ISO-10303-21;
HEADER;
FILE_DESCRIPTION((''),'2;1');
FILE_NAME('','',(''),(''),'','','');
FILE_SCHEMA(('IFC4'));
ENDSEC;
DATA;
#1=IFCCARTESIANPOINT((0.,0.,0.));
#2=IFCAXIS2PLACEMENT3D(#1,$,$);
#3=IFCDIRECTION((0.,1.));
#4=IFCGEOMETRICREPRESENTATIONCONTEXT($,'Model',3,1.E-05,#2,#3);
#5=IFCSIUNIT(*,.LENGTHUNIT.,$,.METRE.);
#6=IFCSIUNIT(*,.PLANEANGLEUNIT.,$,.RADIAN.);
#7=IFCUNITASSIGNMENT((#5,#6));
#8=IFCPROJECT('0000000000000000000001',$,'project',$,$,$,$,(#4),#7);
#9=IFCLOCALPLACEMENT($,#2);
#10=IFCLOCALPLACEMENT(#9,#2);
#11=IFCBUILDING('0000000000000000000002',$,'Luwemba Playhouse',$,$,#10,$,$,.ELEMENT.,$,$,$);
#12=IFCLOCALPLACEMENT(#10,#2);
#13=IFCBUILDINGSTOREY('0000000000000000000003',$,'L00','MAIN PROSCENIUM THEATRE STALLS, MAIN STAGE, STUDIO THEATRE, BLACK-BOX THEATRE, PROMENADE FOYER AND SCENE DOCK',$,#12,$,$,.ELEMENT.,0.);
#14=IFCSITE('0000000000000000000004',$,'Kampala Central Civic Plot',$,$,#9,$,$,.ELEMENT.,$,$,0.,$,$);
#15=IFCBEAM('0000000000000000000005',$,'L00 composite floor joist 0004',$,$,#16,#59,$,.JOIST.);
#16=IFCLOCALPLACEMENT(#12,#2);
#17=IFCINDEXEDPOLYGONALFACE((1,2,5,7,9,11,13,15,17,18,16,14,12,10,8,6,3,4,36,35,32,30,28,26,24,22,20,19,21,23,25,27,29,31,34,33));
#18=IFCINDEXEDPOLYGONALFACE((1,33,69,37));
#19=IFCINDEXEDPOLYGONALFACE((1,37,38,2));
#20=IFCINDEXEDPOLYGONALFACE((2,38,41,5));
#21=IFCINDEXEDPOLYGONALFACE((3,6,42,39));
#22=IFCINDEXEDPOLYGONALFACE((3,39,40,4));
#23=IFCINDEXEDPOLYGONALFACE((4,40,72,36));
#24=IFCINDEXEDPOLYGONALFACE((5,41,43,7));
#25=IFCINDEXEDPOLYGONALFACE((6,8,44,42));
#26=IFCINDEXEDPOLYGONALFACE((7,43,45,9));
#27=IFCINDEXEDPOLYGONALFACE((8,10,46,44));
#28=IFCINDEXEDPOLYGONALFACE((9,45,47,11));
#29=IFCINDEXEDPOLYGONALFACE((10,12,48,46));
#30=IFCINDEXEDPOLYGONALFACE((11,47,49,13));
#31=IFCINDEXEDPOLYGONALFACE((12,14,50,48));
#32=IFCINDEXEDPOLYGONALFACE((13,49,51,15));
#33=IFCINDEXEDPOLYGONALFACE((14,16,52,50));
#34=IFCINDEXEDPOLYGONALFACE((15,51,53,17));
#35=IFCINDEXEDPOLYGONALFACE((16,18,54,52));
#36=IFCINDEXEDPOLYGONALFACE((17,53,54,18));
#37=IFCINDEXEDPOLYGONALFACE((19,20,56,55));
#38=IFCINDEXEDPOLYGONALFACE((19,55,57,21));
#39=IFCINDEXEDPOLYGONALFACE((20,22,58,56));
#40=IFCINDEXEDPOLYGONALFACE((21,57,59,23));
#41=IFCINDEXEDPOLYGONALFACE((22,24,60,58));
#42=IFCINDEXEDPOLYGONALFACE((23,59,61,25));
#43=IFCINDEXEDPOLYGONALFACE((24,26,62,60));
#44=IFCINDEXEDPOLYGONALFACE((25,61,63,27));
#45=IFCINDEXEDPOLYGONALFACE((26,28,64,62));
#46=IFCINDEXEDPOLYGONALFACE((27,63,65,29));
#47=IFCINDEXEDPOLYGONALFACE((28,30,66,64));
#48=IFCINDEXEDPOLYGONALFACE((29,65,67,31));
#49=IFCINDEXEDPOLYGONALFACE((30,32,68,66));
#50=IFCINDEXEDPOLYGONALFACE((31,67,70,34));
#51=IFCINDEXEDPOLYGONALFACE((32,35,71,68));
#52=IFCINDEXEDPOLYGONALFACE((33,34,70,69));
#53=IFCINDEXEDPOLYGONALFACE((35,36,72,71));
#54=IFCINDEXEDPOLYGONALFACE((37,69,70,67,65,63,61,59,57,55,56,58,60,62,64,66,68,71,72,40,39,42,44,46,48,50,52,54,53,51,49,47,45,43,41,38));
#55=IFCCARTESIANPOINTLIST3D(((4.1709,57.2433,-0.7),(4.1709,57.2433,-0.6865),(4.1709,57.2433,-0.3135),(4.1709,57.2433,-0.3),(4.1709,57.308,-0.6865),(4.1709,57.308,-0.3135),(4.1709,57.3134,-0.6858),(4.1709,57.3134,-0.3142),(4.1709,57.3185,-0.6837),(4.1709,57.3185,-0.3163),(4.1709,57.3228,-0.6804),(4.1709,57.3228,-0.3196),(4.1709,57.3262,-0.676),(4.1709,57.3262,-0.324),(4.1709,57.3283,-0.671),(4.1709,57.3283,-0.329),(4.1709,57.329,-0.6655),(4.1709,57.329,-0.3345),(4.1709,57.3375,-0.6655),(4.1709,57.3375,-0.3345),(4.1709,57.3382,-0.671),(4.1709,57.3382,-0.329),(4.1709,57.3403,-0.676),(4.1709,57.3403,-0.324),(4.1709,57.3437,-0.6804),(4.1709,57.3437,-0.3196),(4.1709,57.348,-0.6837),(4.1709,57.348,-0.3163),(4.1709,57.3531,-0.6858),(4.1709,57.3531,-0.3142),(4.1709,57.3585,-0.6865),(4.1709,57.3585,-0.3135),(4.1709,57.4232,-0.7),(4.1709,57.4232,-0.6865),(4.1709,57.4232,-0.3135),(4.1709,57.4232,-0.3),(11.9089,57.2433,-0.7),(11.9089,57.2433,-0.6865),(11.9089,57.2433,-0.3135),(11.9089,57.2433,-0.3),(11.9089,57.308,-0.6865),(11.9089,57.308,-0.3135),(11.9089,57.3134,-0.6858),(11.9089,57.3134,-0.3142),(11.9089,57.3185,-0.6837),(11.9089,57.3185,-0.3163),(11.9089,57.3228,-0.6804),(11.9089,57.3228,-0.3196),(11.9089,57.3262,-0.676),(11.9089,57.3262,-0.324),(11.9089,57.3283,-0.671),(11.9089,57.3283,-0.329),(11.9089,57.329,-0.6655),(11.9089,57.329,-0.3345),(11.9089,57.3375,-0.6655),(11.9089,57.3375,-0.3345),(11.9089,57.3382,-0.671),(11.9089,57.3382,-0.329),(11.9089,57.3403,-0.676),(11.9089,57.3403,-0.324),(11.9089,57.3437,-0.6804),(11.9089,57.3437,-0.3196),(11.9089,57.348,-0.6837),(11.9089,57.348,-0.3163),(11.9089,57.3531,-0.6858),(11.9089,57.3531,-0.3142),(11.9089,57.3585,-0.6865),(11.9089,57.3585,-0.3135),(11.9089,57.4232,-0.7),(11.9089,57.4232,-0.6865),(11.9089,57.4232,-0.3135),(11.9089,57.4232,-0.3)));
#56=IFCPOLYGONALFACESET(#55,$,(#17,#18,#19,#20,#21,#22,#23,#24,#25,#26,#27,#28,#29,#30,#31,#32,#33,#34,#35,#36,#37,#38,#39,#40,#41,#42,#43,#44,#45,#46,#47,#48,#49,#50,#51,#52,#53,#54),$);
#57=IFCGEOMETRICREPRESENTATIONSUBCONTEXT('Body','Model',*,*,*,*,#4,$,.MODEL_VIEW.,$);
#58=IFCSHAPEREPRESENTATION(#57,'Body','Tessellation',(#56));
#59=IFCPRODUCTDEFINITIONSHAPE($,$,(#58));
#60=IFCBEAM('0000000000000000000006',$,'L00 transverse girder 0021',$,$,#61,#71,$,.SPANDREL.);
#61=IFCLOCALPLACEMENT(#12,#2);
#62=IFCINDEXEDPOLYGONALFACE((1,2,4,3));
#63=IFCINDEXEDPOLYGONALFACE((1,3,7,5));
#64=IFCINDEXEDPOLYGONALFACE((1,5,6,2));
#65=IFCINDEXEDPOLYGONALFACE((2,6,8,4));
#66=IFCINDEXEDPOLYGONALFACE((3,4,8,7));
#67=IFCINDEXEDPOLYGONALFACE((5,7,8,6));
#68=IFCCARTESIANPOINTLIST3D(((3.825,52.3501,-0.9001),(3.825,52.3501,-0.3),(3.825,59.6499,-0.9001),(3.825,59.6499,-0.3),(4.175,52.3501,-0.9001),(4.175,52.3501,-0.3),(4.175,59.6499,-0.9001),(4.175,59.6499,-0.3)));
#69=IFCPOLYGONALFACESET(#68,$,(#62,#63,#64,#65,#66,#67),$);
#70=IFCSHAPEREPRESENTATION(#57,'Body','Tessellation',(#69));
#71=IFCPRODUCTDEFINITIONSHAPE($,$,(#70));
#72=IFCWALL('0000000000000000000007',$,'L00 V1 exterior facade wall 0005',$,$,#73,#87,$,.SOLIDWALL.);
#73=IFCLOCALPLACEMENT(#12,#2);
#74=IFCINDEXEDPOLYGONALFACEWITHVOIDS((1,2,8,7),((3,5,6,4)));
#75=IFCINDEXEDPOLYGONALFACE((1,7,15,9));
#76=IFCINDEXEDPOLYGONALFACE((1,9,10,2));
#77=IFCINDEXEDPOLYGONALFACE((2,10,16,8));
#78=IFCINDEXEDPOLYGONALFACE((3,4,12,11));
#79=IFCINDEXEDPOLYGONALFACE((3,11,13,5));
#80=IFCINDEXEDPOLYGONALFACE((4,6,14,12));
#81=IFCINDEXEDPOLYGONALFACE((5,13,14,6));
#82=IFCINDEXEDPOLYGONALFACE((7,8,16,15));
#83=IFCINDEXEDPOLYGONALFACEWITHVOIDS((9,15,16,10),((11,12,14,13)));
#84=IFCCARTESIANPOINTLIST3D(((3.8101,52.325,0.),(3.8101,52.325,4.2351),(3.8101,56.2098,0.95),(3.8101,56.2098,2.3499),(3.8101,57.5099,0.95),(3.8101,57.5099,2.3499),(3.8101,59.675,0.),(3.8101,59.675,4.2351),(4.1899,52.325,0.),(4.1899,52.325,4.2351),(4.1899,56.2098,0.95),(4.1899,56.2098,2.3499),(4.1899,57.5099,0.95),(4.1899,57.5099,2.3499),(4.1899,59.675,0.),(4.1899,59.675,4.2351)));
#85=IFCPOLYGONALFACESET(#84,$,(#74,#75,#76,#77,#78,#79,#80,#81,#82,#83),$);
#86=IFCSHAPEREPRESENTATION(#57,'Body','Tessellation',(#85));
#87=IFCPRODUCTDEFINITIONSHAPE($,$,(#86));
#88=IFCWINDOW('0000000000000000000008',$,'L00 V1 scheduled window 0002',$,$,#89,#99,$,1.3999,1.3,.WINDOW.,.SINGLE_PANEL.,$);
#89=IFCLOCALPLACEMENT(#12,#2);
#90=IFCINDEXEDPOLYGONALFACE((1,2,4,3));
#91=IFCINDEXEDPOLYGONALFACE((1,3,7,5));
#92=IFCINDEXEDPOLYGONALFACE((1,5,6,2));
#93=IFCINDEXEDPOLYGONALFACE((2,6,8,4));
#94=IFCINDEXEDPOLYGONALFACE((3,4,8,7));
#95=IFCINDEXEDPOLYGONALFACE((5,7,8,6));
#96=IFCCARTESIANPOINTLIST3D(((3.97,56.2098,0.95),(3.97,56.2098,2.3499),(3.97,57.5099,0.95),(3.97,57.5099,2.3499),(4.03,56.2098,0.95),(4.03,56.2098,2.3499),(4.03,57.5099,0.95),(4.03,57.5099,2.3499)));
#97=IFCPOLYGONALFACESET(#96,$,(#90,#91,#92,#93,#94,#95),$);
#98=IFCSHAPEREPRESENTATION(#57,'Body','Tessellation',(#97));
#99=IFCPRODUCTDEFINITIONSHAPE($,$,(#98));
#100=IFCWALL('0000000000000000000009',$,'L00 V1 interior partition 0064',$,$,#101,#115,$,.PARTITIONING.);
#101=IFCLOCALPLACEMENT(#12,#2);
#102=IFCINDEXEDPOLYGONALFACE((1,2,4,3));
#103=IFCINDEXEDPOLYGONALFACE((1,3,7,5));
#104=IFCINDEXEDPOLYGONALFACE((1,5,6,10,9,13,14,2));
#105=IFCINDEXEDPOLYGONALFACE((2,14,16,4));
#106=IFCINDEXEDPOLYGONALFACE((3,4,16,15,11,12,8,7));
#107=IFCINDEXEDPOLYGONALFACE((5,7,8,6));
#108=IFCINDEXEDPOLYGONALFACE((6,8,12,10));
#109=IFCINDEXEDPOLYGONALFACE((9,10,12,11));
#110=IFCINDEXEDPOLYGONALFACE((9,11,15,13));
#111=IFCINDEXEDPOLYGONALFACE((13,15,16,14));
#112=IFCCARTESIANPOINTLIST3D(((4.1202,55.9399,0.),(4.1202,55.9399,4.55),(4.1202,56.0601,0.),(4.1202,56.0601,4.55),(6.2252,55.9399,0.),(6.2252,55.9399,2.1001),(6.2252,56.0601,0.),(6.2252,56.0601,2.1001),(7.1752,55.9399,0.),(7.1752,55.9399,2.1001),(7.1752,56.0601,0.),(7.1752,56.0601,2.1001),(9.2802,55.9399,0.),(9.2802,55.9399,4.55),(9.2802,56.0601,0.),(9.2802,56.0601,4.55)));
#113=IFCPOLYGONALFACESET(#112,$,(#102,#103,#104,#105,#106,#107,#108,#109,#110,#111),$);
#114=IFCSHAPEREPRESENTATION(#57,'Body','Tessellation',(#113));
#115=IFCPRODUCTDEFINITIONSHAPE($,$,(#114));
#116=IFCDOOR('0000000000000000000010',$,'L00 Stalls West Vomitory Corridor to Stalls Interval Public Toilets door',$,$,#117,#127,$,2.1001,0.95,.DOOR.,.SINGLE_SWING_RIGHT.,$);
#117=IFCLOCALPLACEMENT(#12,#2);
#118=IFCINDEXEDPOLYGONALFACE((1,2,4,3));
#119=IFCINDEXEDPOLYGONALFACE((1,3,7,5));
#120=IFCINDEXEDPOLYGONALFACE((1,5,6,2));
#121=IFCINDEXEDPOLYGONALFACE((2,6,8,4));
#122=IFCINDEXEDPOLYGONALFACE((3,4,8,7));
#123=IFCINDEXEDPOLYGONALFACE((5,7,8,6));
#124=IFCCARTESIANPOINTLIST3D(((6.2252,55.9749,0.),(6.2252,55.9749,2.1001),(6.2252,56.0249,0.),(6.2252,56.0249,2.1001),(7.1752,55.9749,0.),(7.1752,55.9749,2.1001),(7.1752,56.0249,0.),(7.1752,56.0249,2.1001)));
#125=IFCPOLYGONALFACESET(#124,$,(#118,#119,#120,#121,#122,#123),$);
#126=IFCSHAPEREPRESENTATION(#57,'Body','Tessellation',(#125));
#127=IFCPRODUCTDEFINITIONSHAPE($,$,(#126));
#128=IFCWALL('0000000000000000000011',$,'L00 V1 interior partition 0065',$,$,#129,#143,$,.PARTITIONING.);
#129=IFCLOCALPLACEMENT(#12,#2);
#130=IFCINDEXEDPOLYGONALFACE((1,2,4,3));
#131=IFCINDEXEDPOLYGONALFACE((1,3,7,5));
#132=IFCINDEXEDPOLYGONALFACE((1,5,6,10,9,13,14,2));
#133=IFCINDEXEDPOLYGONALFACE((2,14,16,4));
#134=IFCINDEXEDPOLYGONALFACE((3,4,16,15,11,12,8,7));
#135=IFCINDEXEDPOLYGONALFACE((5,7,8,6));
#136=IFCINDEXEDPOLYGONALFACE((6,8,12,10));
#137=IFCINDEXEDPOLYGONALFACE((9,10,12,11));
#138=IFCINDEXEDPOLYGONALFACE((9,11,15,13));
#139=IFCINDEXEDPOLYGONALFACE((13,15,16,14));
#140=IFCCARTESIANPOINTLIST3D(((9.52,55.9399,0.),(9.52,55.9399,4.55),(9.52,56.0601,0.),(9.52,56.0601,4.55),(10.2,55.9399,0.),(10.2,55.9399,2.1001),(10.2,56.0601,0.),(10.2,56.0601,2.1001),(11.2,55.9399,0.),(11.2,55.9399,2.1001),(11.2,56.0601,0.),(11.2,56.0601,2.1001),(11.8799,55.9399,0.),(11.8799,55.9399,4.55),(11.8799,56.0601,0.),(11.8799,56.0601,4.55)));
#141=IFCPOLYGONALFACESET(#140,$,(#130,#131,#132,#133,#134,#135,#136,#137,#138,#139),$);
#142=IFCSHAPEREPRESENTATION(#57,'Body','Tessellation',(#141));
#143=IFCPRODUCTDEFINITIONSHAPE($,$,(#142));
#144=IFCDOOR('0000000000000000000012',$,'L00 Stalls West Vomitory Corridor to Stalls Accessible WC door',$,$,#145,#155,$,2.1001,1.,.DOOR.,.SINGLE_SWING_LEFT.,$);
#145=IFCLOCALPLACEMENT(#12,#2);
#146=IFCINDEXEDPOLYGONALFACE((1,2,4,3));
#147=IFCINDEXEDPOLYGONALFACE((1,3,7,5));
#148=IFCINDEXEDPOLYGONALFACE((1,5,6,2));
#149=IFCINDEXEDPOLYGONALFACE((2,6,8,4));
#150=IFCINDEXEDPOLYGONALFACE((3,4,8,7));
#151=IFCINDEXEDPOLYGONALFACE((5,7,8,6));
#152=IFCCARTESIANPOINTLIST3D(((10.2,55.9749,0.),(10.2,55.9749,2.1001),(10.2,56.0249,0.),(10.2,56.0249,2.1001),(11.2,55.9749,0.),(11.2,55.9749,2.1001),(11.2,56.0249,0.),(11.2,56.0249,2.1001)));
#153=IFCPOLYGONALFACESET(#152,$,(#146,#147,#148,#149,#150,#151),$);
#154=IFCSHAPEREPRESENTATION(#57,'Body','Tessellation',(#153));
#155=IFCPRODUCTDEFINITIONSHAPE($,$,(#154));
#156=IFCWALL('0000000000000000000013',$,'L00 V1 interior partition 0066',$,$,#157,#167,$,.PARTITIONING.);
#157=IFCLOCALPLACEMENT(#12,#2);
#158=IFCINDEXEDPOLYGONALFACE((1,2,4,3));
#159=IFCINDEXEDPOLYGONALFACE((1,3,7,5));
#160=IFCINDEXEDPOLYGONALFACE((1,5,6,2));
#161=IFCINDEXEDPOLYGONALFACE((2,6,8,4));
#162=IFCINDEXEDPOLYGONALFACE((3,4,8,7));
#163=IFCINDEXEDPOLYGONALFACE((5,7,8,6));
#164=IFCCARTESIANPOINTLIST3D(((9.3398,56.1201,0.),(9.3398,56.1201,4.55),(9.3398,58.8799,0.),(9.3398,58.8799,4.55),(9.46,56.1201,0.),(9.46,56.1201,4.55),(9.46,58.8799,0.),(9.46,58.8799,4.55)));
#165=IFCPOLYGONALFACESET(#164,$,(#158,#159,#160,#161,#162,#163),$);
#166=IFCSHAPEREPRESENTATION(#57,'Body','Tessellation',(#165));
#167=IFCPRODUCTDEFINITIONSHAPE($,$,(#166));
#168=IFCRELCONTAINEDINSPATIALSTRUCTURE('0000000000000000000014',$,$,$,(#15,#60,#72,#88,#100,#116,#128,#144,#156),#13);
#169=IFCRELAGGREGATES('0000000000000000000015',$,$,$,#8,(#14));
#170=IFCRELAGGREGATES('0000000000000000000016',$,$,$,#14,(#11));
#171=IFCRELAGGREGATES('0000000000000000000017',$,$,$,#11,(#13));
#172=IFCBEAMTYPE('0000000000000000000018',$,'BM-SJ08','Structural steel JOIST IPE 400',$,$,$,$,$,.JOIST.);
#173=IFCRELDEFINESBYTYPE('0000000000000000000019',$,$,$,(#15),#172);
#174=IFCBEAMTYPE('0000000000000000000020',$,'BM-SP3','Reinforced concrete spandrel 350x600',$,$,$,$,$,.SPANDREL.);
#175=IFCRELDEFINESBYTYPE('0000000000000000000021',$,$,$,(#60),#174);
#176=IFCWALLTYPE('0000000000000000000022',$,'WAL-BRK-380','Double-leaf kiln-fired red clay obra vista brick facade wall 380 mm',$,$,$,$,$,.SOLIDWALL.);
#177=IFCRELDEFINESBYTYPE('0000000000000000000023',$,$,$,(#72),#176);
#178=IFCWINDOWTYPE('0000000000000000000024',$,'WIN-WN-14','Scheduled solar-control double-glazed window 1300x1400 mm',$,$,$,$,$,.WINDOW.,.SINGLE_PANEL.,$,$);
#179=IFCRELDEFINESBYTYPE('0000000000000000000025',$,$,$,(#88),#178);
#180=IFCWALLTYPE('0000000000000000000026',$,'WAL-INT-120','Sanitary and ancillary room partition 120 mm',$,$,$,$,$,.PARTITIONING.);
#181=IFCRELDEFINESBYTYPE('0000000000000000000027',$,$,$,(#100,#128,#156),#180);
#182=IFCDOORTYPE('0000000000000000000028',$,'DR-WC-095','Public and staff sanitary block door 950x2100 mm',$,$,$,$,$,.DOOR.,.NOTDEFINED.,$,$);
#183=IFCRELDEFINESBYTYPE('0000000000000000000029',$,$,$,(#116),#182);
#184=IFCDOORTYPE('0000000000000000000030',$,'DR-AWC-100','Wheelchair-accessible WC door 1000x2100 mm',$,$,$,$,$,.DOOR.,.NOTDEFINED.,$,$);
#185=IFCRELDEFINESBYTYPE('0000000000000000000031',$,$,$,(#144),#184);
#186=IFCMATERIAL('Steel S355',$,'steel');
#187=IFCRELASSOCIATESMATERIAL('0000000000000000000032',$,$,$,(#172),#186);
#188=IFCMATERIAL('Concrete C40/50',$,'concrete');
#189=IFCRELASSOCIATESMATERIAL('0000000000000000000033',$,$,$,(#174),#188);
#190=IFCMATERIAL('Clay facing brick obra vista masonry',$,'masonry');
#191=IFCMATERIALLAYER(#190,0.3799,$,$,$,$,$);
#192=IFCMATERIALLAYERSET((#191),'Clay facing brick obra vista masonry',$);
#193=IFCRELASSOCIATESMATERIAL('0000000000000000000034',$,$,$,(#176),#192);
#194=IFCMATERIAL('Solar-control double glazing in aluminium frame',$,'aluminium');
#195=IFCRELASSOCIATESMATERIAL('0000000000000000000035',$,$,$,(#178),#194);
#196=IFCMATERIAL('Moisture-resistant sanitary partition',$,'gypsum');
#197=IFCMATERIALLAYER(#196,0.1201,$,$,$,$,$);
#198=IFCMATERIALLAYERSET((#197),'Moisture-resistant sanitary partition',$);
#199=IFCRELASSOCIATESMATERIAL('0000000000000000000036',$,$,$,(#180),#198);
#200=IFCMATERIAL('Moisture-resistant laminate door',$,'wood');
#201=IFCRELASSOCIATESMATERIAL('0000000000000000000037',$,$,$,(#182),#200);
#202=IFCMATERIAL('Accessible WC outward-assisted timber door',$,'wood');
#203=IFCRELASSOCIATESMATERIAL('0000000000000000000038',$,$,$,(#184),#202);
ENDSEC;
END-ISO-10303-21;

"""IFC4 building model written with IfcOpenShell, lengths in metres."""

from ifc_helpers import new_model, si_unit, direction, frame, frame_2d, origin, origin_2d, place, context, subcontext, project, spatial, rectangle, i_section, extrude, material, layer, layer_set, material_profile, profile_set, type_object, element, fill, save


model = new_model("IFC4")

# Units and contexts
model_context = context("Model", 3, precision=1e-05, world=origin(), true_north=direction((0.0, 1.0)))
body_context = subcontext(model_context, "Body", "Model", "MODEL_VIEW")
ifc_project = project(units=[si_unit("LENGTHUNIT", "METRE"), si_unit("PLANEANGLEUNIT", "RADIAN")], contexts=[model_context])

# Site, building, storey
site_placement = place(None, origin())
site = spatial("IfcSite", under=ifc_project, at=site_placement, Name="Kampala Central Civic Plot", CompositionType="ELEMENT", RefElevation=0.0)
building_placement = place(site_placement, origin())
building = spatial("IfcBuilding", under=site, at=building_placement, Name="Luwemba Playhouse", CompositionType="ELEMENT")
storey_placement = place(building_placement, origin())
storey = spatial("IfcBuildingStorey", under=building, at=storey_placement, Name="L00", Description="MAIN PROSCENIUM THEATRE STALLS, MAIN STAGE, STUDIO THEATRE, BLACK-BOX THEATRE, PROMENADE FOYER AND SCENE DOCK", CompositionType="ELEMENT", Elevation=0.0)

# Shared definitions
ifc_material_1 = material(Name="Concrete C40/50", Category="concrete")

# Beams
ifc_material_2 = material(Name="Steel S355", Category="steel")
ifc_material_profile_1 = material_profile(ifc_material_2, i_section(OverallWidth=0.1799, OverallDepth=0.3999, WebThickness=0.0085, FlangeThickness=0.0134, FilletRadius=0.021, at=origin_2d()))
ifc_profile_set_1 = profile_set([ifc_material_profile_1], Name="Steel S355")
beam_type_1 = type_object("IfcBeamType", Name="BM-SJ08", Description="Structural steel JOIST IPE 400", PredefinedType="JOIST", material=ifc_profile_set_1)
beam_1_placement = place(storey_placement, frame((4.1709, 57.3333, -0.5), z_axis=(1.0, 0.0, 0.0), x_axis=(0.0, 1.0, 0.0)))
element("IfcBeam", 1, at=beam_1_placement, inside=storey, type_object=beam_type_1, Name="L00 composite floor joist 0004", PredefinedType="JOIST", context=body_context, shape_type="SweptSolid", body=[
    extrude(i_section(OverallWidth=0.1799, OverallDepth=0.3999, WebThickness=0.0085, FlangeThickness=0.0134, FilletRadius=0.021, at=origin_2d()), origin(), (0.0, 0.0, 1.0), 7.738),
])
ifc_material_profile_2 = material_profile(ifc_material_1, rectangle(XDim=0.3501, YDim=0.6001, at=origin_2d()))
ifc_profile_set_2 = profile_set([ifc_material_profile_2], Name="Concrete C40/50")
beam_type_2 = type_object("IfcBeamType", Name="BM-SP3", Description="Reinforced concrete spandrel 350x600", PredefinedType="SPANDREL", material=ifc_profile_set_2)
beam_2_placement = place(storey_placement, frame((4.0, 52.3501, -0.6001), z_axis=(0.0, 1.0, 0.0), x_axis=(-1.0, 0.0, 0.0)))
element("IfcBeam", 2, at=beam_2_placement, inside=storey, type_object=beam_type_2, Name="L00 transverse girder 0021", PredefinedType="SPANDREL", context=body_context, shape_type="SweptSolid", body=[
    extrude(rectangle(XDim=0.3501, YDim=0.6001, at=origin_2d()), origin(), (0.0, 0.0, 1.0), 7.2998),
])

# Wall, opening, window
ifc_material_3 = material(Name="Clay facing brick obra vista masonry", Category="masonry")
ifc_layer_1 = layer(ifc_material_3, 0.3799)
ifc_layer_set_1 = layer_set([ifc_layer_1], Name="Clay facing brick obra vista masonry")
wall_type_1 = type_object("IfcWallType", Name="WAL-BRK-380", Description="Double-leaf kiln-fired red clay obra vista brick facade wall 380 mm", PredefinedType="SOLIDWALL", material=ifc_layer_set_1)
wall_1_placement = place(storey_placement, frame((4.0, 52.325, 0.0), z_axis=(0.0, 0.0, 1.0), x_axis=(0.0, 1.0, 0.0)))
wall_1 = element("IfcWall", 3, at=wall_1_placement, inside=storey, type_object=wall_type_1, Name="L00 V1 exterior facade wall 0005", PredefinedType="SOLIDWALL", context=body_context, shape_type="SweptSolid", body=[
    extrude(rectangle(XDim=7.3501, YDim=0.3799, at=frame_2d((3.675, 0.0))), origin(), (0.0, 0.0, 1.0), 4.2351),
])
opening_1_placement = place(wall_1_placement, frame((3.885, 0.0, 0.95)))
opening_1 = element("IfcOpeningElement", 4, at=opening_1_placement, cuts=wall_1, PredefinedType="OPENING", context=body_context, shape_type="SweptSolid", body=[
    extrude(rectangle(XDim=1.3, YDim=1.3999, at=frame_2d((0.6499, 0.7))), frame((0.0, 0.2, 0.0), z_axis=(0.0, -1.0, 0.0), x_axis=(1.0, 0.0, 0.0)), (0.0, 0.0, 1.0), 0.3999),
])
ifc_material_4 = material(Name="Solar-control double glazing in aluminium frame", Category="aluminium")
window_type = type_object("IfcWindowType", Name="WIN-WN-14", Description="Scheduled solar-control double-glazed window 1300x1400 mm", PartitioningType="SINGLE_PANEL", PredefinedType="WINDOW", material=ifc_material_4)
window_placement = place(opening_1_placement, origin())
window = element("IfcWindow", 5, at=window_placement, inside=storey, type_object=window_type, Name="L00 V1 scheduled window 0002", OverallHeight=1.3999, OverallWidth=1.3, PartitioningType="SINGLE_PANEL", PredefinedType="WINDOW", context=body_context, shape_type="SweptSolid", body=[
    extrude(rectangle(XDim=1.3, YDim=1.3999, at=frame_2d((0.6499, 0.7))), frame((0.0, 0.03, 0.0), z_axis=(0.0, -1.0, 0.0), x_axis=(1.0, 0.0, 0.0)), (0.0, 0.0, 1.0), 0.0601),
])
fill(opening_1, window)

# Walls, openings, doors
ifc_material_5 = material(Name="Moisture-resistant sanitary partition", Category="gypsum")
ifc_layer_2 = layer(ifc_material_5, 0.1201)
ifc_layer_set_2 = layer_set([ifc_layer_2], Name="Moisture-resistant sanitary partition")
wall_type_2 = type_object("IfcWallType", Name="WAL-INT-120", Description="Sanitary and ancillary room partition 120 mm", PredefinedType="PARTITIONING", material=ifc_layer_set_2)
wall_2_placement = place(storey_placement, frame((4.1201, 56.0, 0.0), z_axis=(0.0, 0.0, 1.0), x_axis=(1.0, 0.0, 0.0)))
wall_2 = element("IfcWall", 6, at=wall_2_placement, inside=storey, type_object=wall_type_2, Name="L00 V1 interior partition 0064", PredefinedType="PARTITIONING", context=body_context, shape_type="SweptSolid", body=[
    extrude(rectangle(XDim=5.1599, YDim=0.1201, at=frame_2d((2.5801, 0.0))), origin(), (0.0, 0.0, 1.0), 4.55),
])
opening_2_placement = place(wall_2_placement, frame((2.105, 0.0, 0.0)))
opening_2 = element("IfcOpeningElement", 7, at=opening_2_placement, cuts=wall_2, PredefinedType="OPENING", context=body_context, shape_type="SweptSolid", body=[
    extrude(rectangle(XDim=0.95, YDim=2.1001, at=frame_2d((0.4751, 1.05))), frame((0.0, 0.0701, 0.0), z_axis=(0.0, -1.0, 0.0), x_axis=(1.0, 0.0, 0.0)), (0.0, 0.0, 1.0), 0.1401),
])
ifc_material_6 = material(Name="Moisture-resistant laminate door", Category="wood")
door_type_1 = type_object("IfcDoorType", Name="DR-WC-095", Description="Public and staff sanitary block door 950x2100 mm", OperationType="NOTDEFINED", PredefinedType="DOOR", material=ifc_material_6)
door_1_placement = place(opening_2_placement, origin())
door_1 = element("IfcDoor", 8, at=door_1_placement, inside=storey, type_object=door_type_1, Name="L00 Stalls West Vomitory Corridor to Stalls Interval Public Toilets door", OperationType="SINGLE_SWING_RIGHT", OverallHeight=2.1001, OverallWidth=0.95, PredefinedType="DOOR", context=body_context, shape_type="SweptSolid", body=[
    extrude(rectangle(XDim=0.95, YDim=2.1001, at=frame_2d((0.4751, 1.05))), frame((0.0, 0.0249, 0.0), z_axis=(0.0, -1.0, 0.0), x_axis=(1.0, 0.0, 0.0)), (0.0, 0.0, 1.0), 0.05),
])
fill(opening_2, door_1)
wall_3_placement = place(storey_placement, frame((9.52, 56.0, 0.0), z_axis=(0.0, 0.0, 1.0), x_axis=(1.0, 0.0, 0.0)))
wall_3 = element("IfcWall", 9, at=wall_3_placement, inside=storey, type_object=wall_type_2, Name="L00 V1 interior partition 0065", PredefinedType="PARTITIONING", context=body_context, shape_type="SweptSolid", body=[
    extrude(rectangle(XDim=2.3599, YDim=0.1201, at=frame_2d((1.1799, 0.0))), origin(), (0.0, 0.0, 1.0), 4.55),
])
opening_3_placement = place(wall_3_placement, frame((0.6799, 0.0, 0.0)))
opening_3 = element("IfcOpeningElement", 10, at=opening_3_placement, cuts=wall_3, PredefinedType="OPENING", context=body_context, shape_type="SweptSolid", body=[
    extrude(rectangle(XDim=1.0, YDim=2.1001, at=frame_2d((0.5, 1.05))), frame((0.0, 0.0701, 0.0), z_axis=(0.0, -1.0, 0.0), x_axis=(1.0, 0.0, 0.0)), (0.0, 0.0, 1.0), 0.1401),
])
ifc_material_7 = material(Name="Accessible WC outward-assisted timber door", Category="wood")
door_type_2 = type_object("IfcDoorType", Name="DR-AWC-100", Description="Wheelchair-accessible WC door 1000x2100 mm", OperationType="NOTDEFINED", PredefinedType="DOOR", material=ifc_material_7)
door_2_placement = place(opening_3_placement, origin())
door_2 = element("IfcDoor", 11, at=door_2_placement, inside=storey, type_object=door_type_2, Name="L00 Stalls West Vomitory Corridor to Stalls Accessible WC door", OperationType="SINGLE_SWING_LEFT", OverallHeight=2.1001, OverallWidth=1.0, PredefinedType="DOOR", context=body_context, shape_type="SweptSolid", body=[
    extrude(rectangle(XDim=1.0, YDim=2.1001, at=frame_2d((0.5, 1.05))), frame((0.0, 0.0249, 0.0), z_axis=(0.0, -1.0, 0.0), x_axis=(1.0, 0.0, 0.0)), (0.0, 0.0, 1.0), 0.05),
])
fill(opening_3, door_2)

# Wall
wall_4_placement = place(storey_placement, frame((9.3999, 56.1201, 0.0), z_axis=(0.0, 0.0, 1.0), x_axis=(0.0, 1.0, 0.0)))
element("IfcWall", 12, at=wall_4_placement, inside=storey, type_object=wall_type_2, Name="L00 V1 interior partition 0066", PredefinedType="PARTITIONING", context=body_context, shape_type="SweptSolid", body=[
    extrude(rectangle(XDim=2.7598, YDim=0.1201, at=frame_2d((1.3799, 0.0))), origin(), (0.0, 0.0, 1.0), 4.55),
])

save(model, "model.ifc")
